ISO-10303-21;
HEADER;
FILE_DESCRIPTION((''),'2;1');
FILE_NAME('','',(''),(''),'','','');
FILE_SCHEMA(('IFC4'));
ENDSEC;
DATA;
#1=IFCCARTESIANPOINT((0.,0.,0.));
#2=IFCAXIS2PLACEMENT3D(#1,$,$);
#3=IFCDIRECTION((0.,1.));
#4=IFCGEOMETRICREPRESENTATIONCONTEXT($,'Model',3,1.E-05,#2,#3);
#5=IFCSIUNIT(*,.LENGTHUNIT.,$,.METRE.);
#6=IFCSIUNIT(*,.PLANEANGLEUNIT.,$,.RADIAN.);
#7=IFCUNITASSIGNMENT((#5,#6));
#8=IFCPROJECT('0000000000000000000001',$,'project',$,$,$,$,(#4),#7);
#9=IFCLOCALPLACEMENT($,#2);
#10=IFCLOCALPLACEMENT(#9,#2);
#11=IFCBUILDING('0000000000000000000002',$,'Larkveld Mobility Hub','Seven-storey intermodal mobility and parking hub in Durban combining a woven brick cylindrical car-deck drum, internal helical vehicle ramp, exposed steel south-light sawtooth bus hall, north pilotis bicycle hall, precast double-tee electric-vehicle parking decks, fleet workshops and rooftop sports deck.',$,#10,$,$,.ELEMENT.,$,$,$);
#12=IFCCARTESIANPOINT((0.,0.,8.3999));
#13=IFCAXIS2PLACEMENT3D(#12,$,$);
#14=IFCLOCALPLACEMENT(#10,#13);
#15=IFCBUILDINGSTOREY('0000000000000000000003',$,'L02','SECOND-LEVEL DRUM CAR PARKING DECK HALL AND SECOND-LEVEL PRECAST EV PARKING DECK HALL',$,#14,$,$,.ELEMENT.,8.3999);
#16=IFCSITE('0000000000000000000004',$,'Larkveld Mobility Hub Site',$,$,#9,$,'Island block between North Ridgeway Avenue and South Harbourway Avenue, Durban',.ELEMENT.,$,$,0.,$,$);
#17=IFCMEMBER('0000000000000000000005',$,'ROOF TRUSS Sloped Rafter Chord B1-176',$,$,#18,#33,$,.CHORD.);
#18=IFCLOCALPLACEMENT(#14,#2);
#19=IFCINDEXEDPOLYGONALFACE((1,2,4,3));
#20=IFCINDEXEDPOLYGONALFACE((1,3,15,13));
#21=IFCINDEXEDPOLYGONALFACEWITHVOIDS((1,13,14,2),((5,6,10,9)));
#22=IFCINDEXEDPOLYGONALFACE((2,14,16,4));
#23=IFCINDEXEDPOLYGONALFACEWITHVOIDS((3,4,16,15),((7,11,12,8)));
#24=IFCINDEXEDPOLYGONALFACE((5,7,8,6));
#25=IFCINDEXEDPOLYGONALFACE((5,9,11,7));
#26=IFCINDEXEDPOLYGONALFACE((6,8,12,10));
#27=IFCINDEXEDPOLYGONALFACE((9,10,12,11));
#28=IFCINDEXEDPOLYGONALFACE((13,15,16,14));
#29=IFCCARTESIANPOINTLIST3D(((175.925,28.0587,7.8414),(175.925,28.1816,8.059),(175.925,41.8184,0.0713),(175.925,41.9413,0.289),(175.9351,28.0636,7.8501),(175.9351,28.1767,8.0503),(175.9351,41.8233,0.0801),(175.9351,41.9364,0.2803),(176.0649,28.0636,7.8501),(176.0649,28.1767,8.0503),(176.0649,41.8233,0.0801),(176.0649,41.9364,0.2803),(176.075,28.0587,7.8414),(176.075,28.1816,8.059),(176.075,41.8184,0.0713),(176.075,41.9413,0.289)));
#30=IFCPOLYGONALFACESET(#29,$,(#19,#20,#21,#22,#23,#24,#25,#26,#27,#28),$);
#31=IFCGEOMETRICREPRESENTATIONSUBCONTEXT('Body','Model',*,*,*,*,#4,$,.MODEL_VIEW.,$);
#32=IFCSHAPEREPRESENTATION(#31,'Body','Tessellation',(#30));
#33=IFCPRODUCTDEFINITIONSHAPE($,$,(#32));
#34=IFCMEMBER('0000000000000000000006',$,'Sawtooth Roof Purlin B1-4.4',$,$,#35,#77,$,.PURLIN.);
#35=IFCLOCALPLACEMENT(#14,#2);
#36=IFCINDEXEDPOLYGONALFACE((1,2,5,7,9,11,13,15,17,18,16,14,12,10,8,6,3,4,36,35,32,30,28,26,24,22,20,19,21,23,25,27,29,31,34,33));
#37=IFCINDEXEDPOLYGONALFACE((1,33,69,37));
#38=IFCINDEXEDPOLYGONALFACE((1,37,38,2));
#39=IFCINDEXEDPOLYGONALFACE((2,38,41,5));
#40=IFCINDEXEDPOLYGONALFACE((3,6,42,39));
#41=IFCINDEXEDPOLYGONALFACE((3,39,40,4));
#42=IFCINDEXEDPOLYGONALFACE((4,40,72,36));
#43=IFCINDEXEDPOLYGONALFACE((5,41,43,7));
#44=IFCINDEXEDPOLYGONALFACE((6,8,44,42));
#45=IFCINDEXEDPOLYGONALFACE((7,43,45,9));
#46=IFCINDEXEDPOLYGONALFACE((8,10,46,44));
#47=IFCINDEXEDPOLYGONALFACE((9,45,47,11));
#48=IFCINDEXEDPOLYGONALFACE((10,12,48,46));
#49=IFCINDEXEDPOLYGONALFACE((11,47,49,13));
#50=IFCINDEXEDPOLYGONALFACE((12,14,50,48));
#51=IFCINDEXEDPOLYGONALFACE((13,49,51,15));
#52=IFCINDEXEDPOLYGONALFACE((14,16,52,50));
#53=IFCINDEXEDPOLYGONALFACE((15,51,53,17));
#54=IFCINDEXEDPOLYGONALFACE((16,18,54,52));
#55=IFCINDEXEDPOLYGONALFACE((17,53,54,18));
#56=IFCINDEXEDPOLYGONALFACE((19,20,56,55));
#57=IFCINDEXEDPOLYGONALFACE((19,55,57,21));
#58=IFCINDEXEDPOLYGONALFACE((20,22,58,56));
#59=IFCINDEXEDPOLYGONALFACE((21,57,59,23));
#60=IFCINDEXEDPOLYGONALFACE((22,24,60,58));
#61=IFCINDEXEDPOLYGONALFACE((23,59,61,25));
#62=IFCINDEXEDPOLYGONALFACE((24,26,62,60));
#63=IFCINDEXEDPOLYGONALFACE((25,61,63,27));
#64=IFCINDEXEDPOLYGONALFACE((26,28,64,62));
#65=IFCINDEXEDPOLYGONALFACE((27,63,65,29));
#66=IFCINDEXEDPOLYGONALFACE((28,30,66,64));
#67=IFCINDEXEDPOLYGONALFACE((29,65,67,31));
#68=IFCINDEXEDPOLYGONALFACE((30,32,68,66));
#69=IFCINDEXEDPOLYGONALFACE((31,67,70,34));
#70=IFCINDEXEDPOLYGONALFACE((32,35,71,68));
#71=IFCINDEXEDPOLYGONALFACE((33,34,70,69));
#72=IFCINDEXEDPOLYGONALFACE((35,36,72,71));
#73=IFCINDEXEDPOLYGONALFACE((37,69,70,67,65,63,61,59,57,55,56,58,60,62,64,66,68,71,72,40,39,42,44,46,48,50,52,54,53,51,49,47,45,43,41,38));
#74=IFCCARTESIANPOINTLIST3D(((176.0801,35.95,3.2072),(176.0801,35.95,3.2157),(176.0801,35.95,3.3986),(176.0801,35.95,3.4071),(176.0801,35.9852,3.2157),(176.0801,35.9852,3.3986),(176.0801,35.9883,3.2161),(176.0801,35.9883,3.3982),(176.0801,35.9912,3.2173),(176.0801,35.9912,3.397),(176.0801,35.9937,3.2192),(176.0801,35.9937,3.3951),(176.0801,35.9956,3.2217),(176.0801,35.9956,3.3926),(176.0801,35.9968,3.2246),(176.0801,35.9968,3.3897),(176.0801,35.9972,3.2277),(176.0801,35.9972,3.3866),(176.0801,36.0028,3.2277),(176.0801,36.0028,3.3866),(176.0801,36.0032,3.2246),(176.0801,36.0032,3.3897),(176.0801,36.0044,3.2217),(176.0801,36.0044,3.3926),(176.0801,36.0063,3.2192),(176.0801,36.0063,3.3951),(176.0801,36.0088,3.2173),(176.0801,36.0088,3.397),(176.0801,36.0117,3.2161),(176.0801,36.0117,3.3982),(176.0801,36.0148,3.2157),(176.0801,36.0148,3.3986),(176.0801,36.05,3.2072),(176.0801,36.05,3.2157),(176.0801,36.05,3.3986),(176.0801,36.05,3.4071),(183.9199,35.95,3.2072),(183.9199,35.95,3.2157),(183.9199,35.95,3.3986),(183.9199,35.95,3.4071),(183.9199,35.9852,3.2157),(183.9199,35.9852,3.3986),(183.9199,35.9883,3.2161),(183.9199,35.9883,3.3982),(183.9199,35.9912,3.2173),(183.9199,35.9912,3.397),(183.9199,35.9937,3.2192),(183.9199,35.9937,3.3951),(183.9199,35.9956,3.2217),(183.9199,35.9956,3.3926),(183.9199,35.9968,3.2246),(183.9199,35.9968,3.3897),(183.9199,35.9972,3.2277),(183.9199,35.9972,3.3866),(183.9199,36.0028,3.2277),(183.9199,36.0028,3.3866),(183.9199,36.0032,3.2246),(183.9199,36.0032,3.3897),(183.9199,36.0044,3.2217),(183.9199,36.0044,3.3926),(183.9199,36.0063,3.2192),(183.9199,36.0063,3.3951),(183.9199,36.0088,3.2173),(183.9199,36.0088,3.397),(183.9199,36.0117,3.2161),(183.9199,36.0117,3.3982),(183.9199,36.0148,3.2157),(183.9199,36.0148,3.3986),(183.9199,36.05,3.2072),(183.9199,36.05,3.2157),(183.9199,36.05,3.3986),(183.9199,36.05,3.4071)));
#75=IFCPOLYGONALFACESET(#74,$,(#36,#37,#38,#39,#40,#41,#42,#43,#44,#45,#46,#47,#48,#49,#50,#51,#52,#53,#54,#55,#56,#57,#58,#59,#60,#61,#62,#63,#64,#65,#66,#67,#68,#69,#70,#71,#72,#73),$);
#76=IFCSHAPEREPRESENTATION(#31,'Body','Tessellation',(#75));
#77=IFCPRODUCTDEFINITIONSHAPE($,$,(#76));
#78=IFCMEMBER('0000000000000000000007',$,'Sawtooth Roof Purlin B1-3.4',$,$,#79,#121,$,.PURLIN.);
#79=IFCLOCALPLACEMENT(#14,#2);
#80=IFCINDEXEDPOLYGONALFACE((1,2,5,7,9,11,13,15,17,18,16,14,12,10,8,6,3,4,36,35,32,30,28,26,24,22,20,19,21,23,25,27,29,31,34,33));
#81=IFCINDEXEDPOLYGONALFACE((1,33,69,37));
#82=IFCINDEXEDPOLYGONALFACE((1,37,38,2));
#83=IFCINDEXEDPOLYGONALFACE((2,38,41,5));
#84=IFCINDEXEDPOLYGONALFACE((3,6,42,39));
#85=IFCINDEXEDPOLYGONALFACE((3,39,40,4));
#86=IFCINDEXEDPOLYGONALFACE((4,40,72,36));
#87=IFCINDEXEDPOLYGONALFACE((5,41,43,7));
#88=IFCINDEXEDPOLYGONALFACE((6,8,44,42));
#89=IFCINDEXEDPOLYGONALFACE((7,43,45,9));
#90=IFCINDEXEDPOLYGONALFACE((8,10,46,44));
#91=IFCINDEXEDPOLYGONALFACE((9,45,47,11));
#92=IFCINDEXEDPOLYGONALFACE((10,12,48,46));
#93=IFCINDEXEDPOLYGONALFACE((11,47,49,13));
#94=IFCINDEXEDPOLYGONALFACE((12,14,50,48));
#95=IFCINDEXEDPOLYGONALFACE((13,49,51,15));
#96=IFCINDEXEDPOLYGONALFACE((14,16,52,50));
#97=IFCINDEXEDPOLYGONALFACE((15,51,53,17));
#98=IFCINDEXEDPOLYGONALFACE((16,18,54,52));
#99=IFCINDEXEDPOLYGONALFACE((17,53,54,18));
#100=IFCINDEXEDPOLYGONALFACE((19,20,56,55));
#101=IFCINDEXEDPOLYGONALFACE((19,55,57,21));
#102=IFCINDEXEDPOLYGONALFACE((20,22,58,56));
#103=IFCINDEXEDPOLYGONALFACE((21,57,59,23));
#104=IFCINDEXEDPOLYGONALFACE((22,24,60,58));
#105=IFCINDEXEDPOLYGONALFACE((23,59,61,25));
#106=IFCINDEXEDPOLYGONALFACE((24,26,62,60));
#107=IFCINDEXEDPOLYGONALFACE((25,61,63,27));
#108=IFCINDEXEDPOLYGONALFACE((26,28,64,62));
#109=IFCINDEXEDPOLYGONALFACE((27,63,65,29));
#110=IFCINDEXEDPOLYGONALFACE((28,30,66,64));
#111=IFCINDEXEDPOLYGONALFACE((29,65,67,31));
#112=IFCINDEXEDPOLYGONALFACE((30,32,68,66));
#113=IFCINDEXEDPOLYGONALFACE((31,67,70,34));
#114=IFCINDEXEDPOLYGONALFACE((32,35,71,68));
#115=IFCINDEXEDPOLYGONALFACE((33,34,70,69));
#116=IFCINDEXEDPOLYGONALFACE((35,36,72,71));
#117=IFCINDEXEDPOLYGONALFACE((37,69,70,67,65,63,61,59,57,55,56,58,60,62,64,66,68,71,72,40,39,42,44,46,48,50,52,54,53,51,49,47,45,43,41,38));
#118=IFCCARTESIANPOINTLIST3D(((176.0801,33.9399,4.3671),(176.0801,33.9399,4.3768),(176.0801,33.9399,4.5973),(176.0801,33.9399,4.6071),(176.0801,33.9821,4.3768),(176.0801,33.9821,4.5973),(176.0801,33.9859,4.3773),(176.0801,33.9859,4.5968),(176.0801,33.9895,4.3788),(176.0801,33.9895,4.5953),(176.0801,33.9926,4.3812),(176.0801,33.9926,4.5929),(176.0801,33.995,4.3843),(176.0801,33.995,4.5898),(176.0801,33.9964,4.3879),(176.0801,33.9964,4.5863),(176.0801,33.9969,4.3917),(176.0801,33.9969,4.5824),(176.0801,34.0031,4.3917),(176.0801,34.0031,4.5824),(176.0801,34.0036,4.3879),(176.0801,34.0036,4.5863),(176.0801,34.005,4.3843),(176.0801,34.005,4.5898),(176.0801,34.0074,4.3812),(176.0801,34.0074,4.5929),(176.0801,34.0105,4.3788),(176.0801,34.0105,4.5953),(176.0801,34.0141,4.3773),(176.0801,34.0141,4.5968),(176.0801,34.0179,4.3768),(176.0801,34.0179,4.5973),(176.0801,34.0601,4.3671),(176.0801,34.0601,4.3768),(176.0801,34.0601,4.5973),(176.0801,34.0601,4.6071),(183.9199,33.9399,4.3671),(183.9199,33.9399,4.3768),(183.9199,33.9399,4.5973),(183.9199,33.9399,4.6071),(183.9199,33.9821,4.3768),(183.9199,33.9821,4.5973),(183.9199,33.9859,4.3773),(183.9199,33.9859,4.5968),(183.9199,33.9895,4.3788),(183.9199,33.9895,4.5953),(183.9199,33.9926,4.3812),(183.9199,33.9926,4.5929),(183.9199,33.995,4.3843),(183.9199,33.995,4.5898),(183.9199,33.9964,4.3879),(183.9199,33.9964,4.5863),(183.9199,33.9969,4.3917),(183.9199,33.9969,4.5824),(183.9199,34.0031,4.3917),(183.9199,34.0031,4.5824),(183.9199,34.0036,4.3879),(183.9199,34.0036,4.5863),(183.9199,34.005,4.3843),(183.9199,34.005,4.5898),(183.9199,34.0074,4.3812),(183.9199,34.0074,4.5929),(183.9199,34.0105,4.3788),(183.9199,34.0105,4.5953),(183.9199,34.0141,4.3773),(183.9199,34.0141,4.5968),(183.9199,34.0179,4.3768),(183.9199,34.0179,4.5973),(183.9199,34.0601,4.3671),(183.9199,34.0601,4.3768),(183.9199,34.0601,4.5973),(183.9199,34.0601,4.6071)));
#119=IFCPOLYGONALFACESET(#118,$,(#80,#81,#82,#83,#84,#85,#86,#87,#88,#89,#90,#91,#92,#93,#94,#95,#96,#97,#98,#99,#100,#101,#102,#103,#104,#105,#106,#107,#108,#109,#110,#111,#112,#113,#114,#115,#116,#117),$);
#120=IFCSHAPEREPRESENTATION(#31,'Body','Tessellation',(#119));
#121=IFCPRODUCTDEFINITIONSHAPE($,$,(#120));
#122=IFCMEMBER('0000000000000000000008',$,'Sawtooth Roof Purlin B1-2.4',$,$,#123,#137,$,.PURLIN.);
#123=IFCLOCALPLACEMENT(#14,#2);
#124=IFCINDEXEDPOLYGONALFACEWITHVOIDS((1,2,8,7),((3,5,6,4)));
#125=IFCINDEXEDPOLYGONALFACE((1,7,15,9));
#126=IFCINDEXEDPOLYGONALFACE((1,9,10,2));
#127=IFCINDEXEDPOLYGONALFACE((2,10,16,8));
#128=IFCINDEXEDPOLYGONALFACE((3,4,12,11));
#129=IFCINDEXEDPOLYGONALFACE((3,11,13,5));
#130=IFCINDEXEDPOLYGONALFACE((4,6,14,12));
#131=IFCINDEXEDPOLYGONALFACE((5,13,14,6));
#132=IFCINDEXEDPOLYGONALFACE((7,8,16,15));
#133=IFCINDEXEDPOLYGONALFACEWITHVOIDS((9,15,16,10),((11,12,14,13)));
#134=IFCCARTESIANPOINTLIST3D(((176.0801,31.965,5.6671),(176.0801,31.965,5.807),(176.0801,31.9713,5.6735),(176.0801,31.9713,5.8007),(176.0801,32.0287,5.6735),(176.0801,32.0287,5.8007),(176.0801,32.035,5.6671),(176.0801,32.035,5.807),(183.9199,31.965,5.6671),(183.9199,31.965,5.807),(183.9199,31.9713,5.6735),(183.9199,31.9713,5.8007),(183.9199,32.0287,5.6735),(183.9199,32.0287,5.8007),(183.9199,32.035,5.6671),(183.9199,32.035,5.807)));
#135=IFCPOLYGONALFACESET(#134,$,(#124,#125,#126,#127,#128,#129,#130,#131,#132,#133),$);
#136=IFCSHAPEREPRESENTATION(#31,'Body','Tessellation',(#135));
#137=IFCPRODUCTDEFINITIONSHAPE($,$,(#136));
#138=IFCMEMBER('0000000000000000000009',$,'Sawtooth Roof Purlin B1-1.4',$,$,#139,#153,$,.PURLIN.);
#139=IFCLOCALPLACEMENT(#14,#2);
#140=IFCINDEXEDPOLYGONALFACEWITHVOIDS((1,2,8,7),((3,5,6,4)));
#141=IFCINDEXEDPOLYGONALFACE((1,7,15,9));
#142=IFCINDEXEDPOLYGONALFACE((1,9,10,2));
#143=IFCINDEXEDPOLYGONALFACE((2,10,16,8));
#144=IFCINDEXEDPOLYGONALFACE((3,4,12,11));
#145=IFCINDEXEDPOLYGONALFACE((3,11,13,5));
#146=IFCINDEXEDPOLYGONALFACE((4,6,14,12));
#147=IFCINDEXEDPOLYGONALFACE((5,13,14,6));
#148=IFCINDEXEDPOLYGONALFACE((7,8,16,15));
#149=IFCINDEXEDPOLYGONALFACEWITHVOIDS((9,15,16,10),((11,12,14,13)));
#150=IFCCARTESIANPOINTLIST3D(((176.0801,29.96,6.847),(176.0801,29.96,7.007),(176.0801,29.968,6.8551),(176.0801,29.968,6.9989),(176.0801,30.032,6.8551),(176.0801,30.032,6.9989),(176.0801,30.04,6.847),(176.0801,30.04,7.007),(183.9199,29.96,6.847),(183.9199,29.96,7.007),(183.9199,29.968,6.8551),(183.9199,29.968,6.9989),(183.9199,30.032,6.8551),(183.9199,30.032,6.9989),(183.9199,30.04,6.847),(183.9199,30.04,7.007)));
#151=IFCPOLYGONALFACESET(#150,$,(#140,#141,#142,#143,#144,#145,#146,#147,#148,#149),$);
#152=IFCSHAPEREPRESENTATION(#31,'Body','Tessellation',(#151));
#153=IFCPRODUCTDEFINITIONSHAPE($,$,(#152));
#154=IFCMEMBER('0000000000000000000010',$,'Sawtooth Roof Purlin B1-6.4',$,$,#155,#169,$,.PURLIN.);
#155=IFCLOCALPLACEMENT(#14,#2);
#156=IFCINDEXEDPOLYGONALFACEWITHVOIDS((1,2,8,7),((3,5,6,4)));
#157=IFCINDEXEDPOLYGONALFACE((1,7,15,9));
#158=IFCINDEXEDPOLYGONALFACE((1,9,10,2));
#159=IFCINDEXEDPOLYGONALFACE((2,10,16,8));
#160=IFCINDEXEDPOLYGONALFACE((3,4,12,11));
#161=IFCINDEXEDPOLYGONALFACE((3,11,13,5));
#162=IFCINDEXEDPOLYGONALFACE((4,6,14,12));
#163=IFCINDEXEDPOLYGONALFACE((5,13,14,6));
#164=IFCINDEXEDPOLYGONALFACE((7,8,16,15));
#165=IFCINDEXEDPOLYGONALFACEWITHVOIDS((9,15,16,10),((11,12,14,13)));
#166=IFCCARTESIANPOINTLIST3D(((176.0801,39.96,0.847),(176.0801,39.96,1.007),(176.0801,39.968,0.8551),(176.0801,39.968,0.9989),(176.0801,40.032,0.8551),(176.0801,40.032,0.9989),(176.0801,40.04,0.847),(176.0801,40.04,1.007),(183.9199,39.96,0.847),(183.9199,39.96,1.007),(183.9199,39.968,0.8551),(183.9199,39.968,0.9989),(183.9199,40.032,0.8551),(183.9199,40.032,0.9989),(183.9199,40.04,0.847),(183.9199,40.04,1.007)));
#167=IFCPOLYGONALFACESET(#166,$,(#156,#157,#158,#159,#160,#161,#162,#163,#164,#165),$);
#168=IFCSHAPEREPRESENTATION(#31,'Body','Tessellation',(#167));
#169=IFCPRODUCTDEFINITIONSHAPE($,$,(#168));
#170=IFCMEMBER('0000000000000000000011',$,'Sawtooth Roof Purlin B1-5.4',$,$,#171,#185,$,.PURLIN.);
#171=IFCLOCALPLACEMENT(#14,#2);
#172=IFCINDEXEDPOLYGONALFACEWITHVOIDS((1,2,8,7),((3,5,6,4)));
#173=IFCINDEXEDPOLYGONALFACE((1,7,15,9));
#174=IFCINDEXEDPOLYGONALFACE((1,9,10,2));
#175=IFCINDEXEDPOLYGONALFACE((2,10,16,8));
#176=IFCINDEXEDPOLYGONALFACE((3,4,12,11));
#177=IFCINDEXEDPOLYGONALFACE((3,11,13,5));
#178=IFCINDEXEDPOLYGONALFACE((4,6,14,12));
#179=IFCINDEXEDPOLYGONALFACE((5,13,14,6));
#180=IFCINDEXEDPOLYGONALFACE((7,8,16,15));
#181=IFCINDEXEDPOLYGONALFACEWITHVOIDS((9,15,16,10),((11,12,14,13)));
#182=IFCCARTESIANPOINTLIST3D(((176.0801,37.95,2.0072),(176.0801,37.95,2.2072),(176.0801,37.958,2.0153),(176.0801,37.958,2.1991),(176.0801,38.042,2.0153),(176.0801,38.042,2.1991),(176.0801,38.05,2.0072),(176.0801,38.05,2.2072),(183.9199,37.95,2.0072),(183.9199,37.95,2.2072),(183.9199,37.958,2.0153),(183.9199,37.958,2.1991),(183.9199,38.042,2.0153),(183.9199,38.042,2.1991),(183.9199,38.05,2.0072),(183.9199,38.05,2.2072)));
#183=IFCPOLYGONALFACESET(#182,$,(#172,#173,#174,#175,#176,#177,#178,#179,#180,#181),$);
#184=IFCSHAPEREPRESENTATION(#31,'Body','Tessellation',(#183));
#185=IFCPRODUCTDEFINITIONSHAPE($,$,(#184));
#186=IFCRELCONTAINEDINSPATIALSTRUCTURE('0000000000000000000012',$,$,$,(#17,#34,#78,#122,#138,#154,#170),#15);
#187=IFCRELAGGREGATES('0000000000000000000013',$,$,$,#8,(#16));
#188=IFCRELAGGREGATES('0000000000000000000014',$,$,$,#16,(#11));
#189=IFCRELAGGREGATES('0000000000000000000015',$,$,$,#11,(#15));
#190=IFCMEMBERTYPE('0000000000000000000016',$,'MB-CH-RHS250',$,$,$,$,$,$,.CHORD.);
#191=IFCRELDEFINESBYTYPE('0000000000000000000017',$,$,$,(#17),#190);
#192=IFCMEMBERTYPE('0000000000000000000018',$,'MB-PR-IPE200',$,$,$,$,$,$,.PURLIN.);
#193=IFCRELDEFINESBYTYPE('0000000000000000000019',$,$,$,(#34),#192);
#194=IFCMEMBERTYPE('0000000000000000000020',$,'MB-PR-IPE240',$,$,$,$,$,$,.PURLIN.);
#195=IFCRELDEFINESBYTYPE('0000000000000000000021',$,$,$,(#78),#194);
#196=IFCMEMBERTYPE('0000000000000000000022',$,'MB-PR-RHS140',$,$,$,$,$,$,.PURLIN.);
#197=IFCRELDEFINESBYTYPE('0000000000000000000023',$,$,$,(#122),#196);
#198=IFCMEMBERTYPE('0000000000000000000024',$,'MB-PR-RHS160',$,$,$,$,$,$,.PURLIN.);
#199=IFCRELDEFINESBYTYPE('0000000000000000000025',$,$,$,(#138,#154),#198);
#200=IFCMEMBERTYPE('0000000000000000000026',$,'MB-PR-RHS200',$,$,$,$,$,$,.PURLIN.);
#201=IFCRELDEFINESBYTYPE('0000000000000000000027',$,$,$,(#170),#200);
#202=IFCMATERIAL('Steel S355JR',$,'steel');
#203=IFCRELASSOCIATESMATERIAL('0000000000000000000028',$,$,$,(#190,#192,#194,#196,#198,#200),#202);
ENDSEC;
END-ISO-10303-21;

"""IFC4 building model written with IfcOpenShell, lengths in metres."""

from ifc_helpers import new_model, si_unit, direction, frame, origin, origin_2d, place, context, subcontext, project, spatial, hollow_rectangle, i_section, extrude, material, material_profile, profile_set, type_object, element, save


model = new_model("IFC4")

# Units and contexts
model_context = context("Model", 3, precision=1e-05, world=origin(), true_north=direction((0.0, 1.0)))
body_context = subcontext(model_context, "Body", "Model", "MODEL_VIEW")
ifc_project = project(units=[si_unit("LENGTHUNIT", "METRE"), si_unit("PLANEANGLEUNIT", "RADIAN")], contexts=[model_context])

# Site, building, storey
site_placement = place(None, origin())
site = spatial("IfcSite", under=ifc_project, at=site_placement, Name="Larkveld Mobility Hub Site", LongName="Island block between North Ridgeway Avenue and South Harbourway Avenue, Durban", CompositionType="ELEMENT", RefElevation=0.0)
building_placement = place(site_placement, origin())
building = spatial("IfcBuilding", under=site, at=building_placement, Name="Larkveld Mobility Hub", Description="Seven-storey intermodal mobility and parking hub in Durban combining a woven brick cylindrical car-deck drum, internal helical vehicle ramp, exposed steel south-light sawtooth bus hall, north pilotis bicycle hall, precast double-tee electric-vehicle parking decks, fleet workshops and rooftop sports deck.", CompositionType="ELEMENT")
storey_placement = place(building_placement, frame((0.0, 0.0, 8.3999)))
storey = spatial("IfcBuildingStorey", under=building, at=storey_placement, Name="L02", Description="SECOND-LEVEL DRUM CAR PARKING DECK HALL AND SECOND-LEVEL PRECAST EV PARKING DECK HALL", CompositionType="ELEMENT", Elevation=8.3999)

# Shared definitions
ifc_material_1 = material(Name="Steel S355JR", Category="steel")

# Members
ifc_material_profile_1 = material_profile(ifc_material_1, hollow_rectangle(XDim=0.1499, YDim=0.25, WallThickness=0.01, at=origin_2d()), Name="RHS 250x150x10")
ifc_profile_set_1 = profile_set([ifc_material_profile_1], Name="Steel S355JR")
member_type_1 = type_object("IfcMemberType", Name="MB-CH-RHS250", PredefinedType="CHORD", material=ifc_profile_set_1)
member_1_placement = place(storey_placement, frame((176.0, 28.1201, 7.9502), z_axis=(0.0, 0.870759, -0.49171), x_axis=(-1.0, 0.0, 0.0)))
element("IfcMember", 1, at=member_1_placement, inside=storey, type_object=member_type_1, Name="ROOF TRUSS Sloped Rafter Chord B1-176", PredefinedType="CHORD", context=body_context, shape_type="SweptSolid", body=[
    extrude(hollow_rectangle(XDim=0.1499, YDim=0.25, WallThickness=0.01, at=origin_2d()), origin(), (0.0, 0.0, 1.0), 15.802),
])
ifc_material_profile_2 = material_profile(ifc_material_1, i_section(OverallWidth=0.1001, OverallDepth=0.2, WebThickness=0.0056, FlangeThickness=0.0085, FilletRadius=0.012, at=origin_2d()), Name="IPE 200")
ifc_profile_set_2 = profile_set([ifc_material_profile_2], Name="Steel S355JR")
member_type_2 = type_object("IfcMemberType", Name="MB-PR-IPE200", PredefinedType="PURLIN", material=ifc_profile_set_2)
member_2_placement = place(storey_placement, frame((176.0801, 36.0, 3.3071), z_axis=(1.0, 0.0, 0.0), x_axis=(0.0, 1.0, 0.0)))
element("IfcMember", 2, at=member_2_placement, inside=storey, type_object=member_type_2, Name="Sawtooth Roof Purlin B1-4.4", PredefinedType="PURLIN", context=body_context, shape_type="SweptSolid", body=[
    extrude(i_section(OverallWidth=0.1001, OverallDepth=0.2, WebThickness=0.0056, FlangeThickness=0.0085, FilletRadius=0.012, at=origin_2d()), origin(), (0.0, 0.0, 1.0), 7.8398),
])
ifc_material_profile_3 = material_profile(ifc_material_1, i_section(OverallWidth=0.1201, OverallDepth=0.24, WebThickness=0.0061, FlangeThickness=0.0098, FilletRadius=0.0149, at=origin_2d()), Name="IPE 240")
ifc_profile_set_3 = profile_set([ifc_material_profile_3], Name="Steel S355JR")
member_type_3 = type_object("IfcMemberType", Name="MB-PR-IPE240", PredefinedType="PURLIN", material=ifc_profile_set_3)
member_3_placement = place(storey_placement, frame((176.0801, 34.0, 4.4871), z_axis=(1.0, 0.0, 0.0), x_axis=(0.0, 1.0, 0.0)))
element("IfcMember", 3, at=member_3_placement, inside=storey, type_object=member_type_3, Name="Sawtooth Roof Purlin B1-3.4", PredefinedType="PURLIN", context=body_context, shape_type="SweptSolid", body=[
    extrude(i_section(OverallWidth=0.1201, OverallDepth=0.24, WebThickness=0.0061, FlangeThickness=0.0098, FilletRadius=0.0149, at=origin_2d()), origin(), (0.0, 0.0, 1.0), 7.8398),
])
ifc_material_profile_4 = material_profile(ifc_material_1, hollow_rectangle(XDim=0.0701, YDim=0.1399, WallThickness=0.0063, at=origin_2d()), Name="RHS 140x70x6.3")
ifc_profile_set_4 = profile_set([ifc_material_profile_4], Name="Steel S355JR")
member_type_4 = type_object("IfcMemberType", Name="MB-PR-RHS140", PredefinedType="PURLIN", material=ifc_profile_set_4)
member_4_placement = place(storey_placement, frame((176.0801, 32.0, 5.7371), z_axis=(1.0, 0.0, 0.0), x_axis=(0.0, 1.0, 0.0)))
element("IfcMember", 4, at=member_4_placement, inside=storey, type_object=member_type_4, Name="Sawtooth Roof Purlin B1-2.4", PredefinedType="PURLIN", context=body_context, shape_type="SweptSolid", body=[
    extrude(hollow_rectangle(XDim=0.0701, YDim=0.1399, WallThickness=0.0063, at=origin_2d()), origin(), (0.0, 0.0, 1.0), 7.8398),
])
ifc_material_profile_5 = material_profile(ifc_material_1, hollow_rectangle(XDim=0.0801, YDim=0.1599, WallThickness=0.0081, at=origin_2d()), Name="RHS 160x80x8")
ifc_profile_set_5 = profile_set([ifc_material_profile_5], Name="Steel S355JR")
member_type_5 = type_object("IfcMemberType", Name="MB-PR-RHS160", PredefinedType="PURLIN", material=ifc_profile_set_5)
for number, where, z_axis, x_axis, name in (
    (5, (176.0801, 30.0, 6.927), (1.0, 0.0, 0.0), (0.0, 1.0, 0.0), "Sawtooth Roof Purlin B1-1.4"),
    (6, (176.0801, 40.0, 0.927), (1.0, 0.0, 0.0), (0.0, 1.0, 0.0), "Sawtooth Roof Purlin B1-6.4"),
):
    element("IfcMember", number, at=place(storey_placement, frame(where, z_axis=z_axis, x_axis=x_axis)), inside=storey, type_object=member_type_5, Name=name, PredefinedType="PURLIN", context=body_context, shape_type="SweptSolid", body=[
        extrude(hollow_rectangle(XDim=0.0801, YDim=0.1599, WallThickness=0.0081, at=origin_2d()), origin(), (0.0, 0.0, 1.0), 7.8398),
    ])
ifc_material_profile_6 = material_profile(ifc_material_1, hollow_rectangle(XDim=0.1001, YDim=0.2, WallThickness=0.0081, at=origin_2d()), Name="RHS 200x100x8")
ifc_profile_set_6 = profile_set([ifc_material_profile_6], Name="Steel S355JR")
member_type_6 = type_object("IfcMemberType", Name="MB-PR-RHS200", PredefinedType="PURLIN", material=ifc_profile_set_6)
member_5_placement = place(storey_placement, frame((176.0801, 38.0, 2.1072), z_axis=(1.0, 0.0, 0.0), x_axis=(0.0, 1.0, 0.0)))
element("IfcMember", 7, at=member_5_placement, inside=storey, type_object=member_type_6, Name="Sawtooth Roof Purlin B1-5.4", PredefinedType="PURLIN", context=body_context, shape_type="SweptSolid", body=[
    extrude(hollow_rectangle(XDim=0.1001, YDim=0.2, WallThickness=0.0081, at=origin_2d()), origin(), (0.0, 0.0, 1.0), 7.8398),
])

save(model, "model.ifc")
